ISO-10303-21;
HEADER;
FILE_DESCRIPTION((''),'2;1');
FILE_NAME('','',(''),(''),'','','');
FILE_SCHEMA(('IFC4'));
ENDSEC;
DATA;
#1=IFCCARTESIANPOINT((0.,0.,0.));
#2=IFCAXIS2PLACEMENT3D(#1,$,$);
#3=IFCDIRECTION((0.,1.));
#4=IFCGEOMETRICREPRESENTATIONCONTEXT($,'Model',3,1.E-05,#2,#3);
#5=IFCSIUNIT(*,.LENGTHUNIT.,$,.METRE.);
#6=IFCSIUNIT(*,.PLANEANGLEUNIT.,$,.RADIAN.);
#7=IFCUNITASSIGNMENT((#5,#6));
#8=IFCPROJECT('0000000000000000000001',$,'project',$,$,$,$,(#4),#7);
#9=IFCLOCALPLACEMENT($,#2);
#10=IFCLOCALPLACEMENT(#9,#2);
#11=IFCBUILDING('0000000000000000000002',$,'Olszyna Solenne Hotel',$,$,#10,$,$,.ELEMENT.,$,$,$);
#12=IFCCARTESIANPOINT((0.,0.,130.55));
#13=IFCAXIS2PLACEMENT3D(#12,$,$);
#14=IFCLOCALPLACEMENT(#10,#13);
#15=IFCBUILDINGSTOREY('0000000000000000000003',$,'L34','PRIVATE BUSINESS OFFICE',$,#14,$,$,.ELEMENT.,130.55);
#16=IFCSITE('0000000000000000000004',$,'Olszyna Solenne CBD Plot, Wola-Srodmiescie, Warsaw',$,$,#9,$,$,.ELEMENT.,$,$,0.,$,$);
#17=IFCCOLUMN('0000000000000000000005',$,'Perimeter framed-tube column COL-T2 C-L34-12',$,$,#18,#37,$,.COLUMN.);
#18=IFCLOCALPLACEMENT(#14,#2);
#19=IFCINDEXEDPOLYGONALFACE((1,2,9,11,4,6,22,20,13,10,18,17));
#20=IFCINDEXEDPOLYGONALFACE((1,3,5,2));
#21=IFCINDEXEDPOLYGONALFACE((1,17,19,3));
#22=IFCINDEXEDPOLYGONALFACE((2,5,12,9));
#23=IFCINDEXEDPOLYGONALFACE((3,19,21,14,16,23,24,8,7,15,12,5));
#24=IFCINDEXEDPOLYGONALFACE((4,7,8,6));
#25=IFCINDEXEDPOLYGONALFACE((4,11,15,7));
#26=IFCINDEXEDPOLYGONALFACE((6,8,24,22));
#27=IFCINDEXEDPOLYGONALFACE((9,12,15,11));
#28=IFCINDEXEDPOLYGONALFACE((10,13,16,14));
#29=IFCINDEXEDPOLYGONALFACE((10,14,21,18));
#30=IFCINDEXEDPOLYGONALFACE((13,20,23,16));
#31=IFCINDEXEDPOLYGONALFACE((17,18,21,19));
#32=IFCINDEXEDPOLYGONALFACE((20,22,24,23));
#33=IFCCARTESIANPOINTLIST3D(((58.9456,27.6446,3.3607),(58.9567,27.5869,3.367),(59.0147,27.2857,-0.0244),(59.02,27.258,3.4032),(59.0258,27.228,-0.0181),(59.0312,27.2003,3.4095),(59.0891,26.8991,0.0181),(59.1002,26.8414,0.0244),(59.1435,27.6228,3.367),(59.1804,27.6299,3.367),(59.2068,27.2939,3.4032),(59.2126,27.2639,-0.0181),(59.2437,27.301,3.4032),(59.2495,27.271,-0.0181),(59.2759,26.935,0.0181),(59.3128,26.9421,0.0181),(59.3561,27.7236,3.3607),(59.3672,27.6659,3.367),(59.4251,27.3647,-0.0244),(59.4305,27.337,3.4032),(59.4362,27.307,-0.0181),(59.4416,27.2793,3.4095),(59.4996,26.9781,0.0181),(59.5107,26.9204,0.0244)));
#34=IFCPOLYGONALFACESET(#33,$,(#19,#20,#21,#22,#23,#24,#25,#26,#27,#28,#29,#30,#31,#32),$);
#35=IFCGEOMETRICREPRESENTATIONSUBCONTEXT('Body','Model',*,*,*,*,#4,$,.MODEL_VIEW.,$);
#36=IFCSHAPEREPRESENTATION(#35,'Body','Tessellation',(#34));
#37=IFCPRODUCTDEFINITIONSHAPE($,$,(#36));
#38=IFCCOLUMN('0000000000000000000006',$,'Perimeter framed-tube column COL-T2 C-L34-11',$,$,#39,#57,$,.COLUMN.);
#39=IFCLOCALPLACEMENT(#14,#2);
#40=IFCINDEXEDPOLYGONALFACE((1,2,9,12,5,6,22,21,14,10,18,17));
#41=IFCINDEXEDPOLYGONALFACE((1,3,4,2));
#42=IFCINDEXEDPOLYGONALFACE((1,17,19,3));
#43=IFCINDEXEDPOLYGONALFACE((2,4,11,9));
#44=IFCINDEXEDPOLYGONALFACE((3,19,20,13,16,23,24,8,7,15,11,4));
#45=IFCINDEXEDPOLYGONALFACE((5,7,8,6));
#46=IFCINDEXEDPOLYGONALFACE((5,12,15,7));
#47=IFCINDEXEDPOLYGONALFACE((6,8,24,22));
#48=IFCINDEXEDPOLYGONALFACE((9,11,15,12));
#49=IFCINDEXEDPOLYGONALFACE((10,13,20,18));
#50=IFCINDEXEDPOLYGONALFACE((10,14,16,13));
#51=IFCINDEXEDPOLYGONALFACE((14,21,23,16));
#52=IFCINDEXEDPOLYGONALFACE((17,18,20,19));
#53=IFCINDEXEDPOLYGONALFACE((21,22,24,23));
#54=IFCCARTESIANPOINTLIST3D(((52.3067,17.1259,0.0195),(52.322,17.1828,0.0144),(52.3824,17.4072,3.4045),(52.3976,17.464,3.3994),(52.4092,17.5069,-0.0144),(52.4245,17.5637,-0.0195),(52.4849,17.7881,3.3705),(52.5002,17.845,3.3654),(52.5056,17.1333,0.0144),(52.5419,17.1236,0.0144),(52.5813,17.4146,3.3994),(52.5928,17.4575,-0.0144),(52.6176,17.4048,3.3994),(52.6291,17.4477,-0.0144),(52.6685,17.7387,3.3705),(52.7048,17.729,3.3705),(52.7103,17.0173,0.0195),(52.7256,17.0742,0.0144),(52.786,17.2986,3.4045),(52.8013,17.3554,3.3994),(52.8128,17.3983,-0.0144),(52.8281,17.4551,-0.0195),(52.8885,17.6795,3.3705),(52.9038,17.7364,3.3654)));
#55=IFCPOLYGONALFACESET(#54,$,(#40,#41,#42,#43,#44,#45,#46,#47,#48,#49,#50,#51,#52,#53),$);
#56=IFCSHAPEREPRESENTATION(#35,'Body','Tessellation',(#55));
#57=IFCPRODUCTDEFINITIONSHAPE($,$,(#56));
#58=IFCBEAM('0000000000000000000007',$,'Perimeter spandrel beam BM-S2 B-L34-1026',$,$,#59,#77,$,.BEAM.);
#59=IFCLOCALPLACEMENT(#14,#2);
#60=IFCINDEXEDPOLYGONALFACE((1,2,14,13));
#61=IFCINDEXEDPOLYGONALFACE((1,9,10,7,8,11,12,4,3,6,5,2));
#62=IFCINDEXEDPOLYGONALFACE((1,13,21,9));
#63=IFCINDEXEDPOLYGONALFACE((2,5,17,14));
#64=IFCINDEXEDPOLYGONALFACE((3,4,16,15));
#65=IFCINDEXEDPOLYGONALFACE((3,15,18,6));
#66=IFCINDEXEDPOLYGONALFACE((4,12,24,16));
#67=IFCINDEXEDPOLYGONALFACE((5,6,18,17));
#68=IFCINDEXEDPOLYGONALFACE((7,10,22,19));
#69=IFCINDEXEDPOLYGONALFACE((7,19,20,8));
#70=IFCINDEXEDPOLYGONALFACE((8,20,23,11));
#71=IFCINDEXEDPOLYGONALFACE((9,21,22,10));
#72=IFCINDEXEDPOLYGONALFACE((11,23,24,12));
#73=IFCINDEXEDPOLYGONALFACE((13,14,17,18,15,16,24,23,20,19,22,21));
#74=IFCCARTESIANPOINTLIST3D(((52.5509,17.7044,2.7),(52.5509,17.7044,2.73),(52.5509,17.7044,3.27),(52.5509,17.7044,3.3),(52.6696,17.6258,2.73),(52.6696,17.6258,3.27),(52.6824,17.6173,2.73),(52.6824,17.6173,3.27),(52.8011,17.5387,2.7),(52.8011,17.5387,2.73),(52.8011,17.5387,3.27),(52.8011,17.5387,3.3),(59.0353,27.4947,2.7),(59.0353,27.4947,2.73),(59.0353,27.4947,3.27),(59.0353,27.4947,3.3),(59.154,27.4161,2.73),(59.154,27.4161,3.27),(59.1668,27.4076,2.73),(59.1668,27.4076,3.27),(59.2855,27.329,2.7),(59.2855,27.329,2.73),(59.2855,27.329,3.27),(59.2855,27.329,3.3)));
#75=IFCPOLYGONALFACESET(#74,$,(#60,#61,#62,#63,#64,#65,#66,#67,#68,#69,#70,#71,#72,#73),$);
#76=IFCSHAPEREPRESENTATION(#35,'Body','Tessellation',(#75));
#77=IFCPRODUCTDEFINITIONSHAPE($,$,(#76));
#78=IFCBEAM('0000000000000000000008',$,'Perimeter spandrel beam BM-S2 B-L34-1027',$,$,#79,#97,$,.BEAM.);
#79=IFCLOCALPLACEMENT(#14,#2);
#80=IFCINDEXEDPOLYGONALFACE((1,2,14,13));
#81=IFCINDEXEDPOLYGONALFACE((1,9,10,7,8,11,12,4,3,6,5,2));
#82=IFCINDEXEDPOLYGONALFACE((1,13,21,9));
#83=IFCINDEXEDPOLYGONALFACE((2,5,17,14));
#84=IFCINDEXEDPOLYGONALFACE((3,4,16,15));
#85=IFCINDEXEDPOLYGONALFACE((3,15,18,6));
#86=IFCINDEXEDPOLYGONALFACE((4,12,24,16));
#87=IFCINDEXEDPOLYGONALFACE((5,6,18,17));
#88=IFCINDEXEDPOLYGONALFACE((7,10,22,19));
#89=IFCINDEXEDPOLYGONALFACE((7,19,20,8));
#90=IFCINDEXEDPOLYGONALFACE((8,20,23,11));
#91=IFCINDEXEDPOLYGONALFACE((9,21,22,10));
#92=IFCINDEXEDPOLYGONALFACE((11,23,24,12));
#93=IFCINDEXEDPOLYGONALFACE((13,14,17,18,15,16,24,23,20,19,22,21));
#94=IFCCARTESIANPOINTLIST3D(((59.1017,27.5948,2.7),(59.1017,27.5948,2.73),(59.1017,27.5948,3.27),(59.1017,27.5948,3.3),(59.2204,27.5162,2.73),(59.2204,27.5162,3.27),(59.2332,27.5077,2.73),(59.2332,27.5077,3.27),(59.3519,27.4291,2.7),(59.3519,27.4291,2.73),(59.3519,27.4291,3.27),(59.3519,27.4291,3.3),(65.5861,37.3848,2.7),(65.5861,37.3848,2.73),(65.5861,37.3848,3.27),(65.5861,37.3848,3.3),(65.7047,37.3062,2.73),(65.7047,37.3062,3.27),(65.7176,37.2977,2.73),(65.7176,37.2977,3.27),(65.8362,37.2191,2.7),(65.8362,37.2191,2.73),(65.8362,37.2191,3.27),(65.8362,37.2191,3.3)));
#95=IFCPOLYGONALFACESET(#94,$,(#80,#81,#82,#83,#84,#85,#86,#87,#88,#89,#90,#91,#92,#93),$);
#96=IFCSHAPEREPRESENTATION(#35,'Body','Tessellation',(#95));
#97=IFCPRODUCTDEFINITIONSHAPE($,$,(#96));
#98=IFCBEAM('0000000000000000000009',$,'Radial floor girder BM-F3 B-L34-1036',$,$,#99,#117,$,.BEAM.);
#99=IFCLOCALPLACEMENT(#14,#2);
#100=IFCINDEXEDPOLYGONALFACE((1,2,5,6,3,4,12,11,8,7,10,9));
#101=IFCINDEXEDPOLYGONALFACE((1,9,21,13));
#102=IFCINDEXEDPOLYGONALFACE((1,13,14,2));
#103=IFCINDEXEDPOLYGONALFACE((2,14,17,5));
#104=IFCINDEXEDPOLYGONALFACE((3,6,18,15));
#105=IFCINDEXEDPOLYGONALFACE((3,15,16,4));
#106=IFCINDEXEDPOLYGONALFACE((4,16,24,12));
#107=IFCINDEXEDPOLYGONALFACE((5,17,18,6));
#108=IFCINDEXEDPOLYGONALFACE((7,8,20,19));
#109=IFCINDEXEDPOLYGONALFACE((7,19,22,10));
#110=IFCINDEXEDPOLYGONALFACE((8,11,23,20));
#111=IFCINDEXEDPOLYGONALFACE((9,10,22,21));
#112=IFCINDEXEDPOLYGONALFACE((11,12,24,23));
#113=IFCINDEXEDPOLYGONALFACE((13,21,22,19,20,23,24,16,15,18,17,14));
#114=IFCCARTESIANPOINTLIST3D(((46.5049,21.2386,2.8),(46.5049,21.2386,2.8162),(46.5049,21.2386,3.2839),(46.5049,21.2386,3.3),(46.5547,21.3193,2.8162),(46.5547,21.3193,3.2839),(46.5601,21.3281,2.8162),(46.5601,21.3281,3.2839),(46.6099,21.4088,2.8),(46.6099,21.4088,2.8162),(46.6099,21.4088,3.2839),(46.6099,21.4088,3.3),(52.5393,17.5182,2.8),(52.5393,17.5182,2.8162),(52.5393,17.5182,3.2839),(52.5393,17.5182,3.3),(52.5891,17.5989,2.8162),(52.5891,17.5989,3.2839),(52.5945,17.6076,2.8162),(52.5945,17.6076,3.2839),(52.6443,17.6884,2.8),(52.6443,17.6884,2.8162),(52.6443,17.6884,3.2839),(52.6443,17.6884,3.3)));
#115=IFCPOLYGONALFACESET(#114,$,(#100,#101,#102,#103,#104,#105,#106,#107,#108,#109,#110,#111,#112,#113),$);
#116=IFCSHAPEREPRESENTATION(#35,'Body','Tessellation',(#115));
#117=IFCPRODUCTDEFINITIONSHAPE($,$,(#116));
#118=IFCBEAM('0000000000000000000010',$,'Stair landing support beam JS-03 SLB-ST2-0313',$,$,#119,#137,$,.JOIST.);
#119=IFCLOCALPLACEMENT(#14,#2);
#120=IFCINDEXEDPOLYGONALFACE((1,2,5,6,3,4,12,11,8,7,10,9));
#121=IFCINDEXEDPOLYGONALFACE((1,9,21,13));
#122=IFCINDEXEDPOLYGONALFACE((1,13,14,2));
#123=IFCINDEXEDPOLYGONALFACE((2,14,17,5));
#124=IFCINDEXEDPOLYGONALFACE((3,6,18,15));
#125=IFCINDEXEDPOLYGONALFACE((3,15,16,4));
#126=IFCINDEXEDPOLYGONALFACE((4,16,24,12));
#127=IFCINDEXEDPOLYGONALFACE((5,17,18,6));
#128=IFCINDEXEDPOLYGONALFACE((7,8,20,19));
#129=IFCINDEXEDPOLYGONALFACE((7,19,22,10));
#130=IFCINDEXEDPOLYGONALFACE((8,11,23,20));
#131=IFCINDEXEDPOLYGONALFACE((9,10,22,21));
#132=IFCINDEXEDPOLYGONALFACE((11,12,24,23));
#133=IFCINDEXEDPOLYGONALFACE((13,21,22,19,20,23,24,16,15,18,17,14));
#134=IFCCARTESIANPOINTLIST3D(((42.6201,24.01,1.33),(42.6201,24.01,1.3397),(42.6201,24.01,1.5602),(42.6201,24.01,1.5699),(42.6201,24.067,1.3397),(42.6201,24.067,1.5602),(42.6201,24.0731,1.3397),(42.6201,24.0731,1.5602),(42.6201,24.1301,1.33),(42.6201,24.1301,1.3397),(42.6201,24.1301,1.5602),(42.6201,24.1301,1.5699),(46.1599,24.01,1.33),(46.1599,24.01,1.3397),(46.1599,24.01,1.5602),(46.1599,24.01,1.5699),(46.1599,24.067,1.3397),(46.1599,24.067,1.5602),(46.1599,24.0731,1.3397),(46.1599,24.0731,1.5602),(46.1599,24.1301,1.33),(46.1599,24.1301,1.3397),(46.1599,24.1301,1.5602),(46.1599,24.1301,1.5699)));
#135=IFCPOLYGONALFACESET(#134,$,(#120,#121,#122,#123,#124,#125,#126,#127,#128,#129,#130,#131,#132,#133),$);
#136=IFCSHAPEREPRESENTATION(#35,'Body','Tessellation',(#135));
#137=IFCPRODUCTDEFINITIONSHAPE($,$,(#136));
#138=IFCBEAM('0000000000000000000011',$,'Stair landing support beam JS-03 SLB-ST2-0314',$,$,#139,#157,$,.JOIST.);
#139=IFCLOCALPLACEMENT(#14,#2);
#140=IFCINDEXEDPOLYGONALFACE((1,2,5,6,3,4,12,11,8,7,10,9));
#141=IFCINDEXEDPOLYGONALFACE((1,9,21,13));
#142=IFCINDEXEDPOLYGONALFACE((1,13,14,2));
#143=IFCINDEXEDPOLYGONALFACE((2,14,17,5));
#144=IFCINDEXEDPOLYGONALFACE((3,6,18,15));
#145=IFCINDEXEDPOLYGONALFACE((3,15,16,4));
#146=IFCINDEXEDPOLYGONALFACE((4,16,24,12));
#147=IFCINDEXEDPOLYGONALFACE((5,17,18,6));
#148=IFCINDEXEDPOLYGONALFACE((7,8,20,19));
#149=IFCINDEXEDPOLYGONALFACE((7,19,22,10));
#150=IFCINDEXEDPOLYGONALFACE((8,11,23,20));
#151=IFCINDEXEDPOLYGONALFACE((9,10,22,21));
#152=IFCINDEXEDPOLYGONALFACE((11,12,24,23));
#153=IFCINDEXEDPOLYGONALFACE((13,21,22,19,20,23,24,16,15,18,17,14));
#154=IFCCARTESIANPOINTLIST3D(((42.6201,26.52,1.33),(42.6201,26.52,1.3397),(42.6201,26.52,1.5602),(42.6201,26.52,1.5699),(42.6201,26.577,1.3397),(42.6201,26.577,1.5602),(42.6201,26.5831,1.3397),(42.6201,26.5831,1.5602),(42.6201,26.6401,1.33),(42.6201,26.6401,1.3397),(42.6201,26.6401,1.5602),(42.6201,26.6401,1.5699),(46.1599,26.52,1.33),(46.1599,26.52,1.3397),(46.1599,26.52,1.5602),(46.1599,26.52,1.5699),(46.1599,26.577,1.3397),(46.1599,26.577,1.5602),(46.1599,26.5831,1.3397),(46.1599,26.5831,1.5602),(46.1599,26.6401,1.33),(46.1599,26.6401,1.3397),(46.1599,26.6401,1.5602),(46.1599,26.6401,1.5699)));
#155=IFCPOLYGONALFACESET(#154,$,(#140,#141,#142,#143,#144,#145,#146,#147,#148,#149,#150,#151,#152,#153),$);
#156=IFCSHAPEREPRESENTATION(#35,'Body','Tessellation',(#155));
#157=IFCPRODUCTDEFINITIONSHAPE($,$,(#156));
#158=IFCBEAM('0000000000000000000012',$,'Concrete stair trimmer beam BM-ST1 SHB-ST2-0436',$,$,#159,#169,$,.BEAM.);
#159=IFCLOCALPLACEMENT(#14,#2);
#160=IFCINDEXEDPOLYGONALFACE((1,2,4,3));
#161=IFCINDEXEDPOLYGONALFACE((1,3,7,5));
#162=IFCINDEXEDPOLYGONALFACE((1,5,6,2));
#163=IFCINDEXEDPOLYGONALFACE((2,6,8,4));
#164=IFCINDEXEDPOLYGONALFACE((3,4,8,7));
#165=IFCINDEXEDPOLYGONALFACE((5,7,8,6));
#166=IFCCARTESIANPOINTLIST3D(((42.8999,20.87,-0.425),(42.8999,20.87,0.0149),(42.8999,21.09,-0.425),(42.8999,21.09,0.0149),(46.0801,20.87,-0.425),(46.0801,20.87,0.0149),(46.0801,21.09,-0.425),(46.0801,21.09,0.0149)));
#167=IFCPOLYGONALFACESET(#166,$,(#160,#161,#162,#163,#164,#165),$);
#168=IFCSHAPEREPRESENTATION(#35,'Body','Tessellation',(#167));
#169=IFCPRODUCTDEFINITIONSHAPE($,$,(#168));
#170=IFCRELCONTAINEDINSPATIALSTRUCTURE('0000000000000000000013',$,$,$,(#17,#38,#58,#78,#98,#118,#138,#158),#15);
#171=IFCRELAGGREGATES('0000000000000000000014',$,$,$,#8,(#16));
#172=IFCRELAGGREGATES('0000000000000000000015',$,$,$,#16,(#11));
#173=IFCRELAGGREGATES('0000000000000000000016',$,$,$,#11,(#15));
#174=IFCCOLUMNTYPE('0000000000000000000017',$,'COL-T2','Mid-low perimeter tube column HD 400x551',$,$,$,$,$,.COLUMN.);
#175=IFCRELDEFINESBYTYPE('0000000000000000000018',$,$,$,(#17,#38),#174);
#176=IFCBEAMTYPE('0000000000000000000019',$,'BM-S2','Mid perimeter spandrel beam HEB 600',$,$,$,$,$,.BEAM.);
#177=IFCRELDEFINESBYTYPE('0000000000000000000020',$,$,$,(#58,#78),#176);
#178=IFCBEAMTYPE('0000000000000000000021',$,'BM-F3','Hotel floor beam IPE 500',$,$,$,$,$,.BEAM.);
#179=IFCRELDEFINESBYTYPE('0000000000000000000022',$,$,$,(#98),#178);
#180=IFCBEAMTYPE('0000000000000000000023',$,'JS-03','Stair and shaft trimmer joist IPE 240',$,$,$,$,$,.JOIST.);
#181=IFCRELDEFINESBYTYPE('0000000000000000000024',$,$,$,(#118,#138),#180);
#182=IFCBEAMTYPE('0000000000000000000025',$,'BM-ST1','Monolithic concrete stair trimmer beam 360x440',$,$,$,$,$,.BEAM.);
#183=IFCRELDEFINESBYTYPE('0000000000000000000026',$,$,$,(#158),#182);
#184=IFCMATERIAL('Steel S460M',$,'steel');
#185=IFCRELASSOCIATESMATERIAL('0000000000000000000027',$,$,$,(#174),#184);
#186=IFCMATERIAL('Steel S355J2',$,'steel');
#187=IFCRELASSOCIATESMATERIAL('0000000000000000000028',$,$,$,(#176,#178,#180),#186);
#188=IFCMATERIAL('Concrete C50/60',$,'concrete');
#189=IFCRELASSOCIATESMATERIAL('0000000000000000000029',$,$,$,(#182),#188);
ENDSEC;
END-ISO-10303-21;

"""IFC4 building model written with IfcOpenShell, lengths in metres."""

from ifc_helpers import new_model, si_unit, direction, frame, origin, origin_2d, place, context, subcontext, project, spatial, rectangle, i_section, extrude, source, transform, mapped, material, material_profile, profile_set, type_object, element, save


model = new_model("IFC4")

# Units and contexts
model_context = context("Model", 3, precision=1e-05, world=origin(), true_north=direction((0.0, 1.0)))
body_context = subcontext(model_context, "Body", "Model", "MODEL_VIEW")
ifc_project = project(units=[si_unit("LENGTHUNIT", "METRE"), si_unit("PLANEANGLEUNIT", "RADIAN")], contexts=[model_context])

# Site, building, storey
site_placement = place(None, origin())
site = spatial("IfcSite", under=ifc_project, at=site_placement, Name="Olszyna Solenne CBD Plot, Wola-Srodmiescie, Warsaw", CompositionType="ELEMENT", RefElevation=0.0)
building_placement = place(site_placement, origin())
building = spatial("IfcBuilding", under=site, at=building_placement, Name="Olszyna Solenne Hotel", CompositionType="ELEMENT")
storey_placement = place(building_placement, frame((0.0, 0.0, 130.55)))
storey = spatial("IfcBuildingStorey", under=building, at=storey_placement, Name="L34", Description="PRIVATE BUSINESS OFFICE", CompositionType="ELEMENT", Elevation=130.55)

# Columns
ifc_material_1 = material(Name="Steel S460M", Category="steel")
ifc_material_profile_1 = material_profile(ifc_material_1, i_section(OverallWidth=0.418, OverallDepth=0.4551, WebThickness=0.0376, FlangeThickness=0.0591, at=origin_2d()), Name="HD 400x551", Category="load-bearing")
ifc_profile_set_1 = profile_set([ifc_material_profile_1], Name="Steel S460M")
column_type = type_object("IfcColumnType", Name="COL-T2", Description="Mid-low perimeter tube column HD 400x551", PredefinedType="COLUMN", material=ifc_profile_set_1)
shared_shape_1 = source(origin(), body_context, "Body", "SweptSolid", [
    extrude(i_section(OverallWidth=0.418, OverallDepth=0.4551, WebThickness=0.0376, FlangeThickness=0.0591, at=origin_2d()), origin(), (0.0, 0.0, 1.0), 3.4048),
])
column_1_placement = place(storey_placement, frame((59.2627, 27.103, 0.0), z_axis=(-0.020293, 0.10541, 0.994222), x_axis=(-0.981968, -0.189046, 0.0)))
element("IfcColumn", 1, at=column_1_placement, inside=storey, type_object=column_type, Name="Perimeter framed-tube column COL-T2 C-L34-12", PredefinedType="COLUMN", context=body_context, shape_type="MappedRepresentation", body=[
    mapped(shared_shape_1, transform((0.0, 0.0, 0.0), x_axis=(1.0, 0.0, 0.0), y_axis=(0.0, 1.0, 0.0), z_axis=(0.0, 0.0, 1.0), scale=1.0)),
])
shared_shape_2 = source(origin(), body_context, "Body", "SweptSolid", [
    extrude(i_section(OverallWidth=0.418, OverallDepth=0.4551, WebThickness=0.0376, FlangeThickness=0.0591, at=origin_2d()), origin(), (0.0, 0.0, 1.0), 3.3975),
])
column_2_placement = place(storey_placement, frame((52.5674, 17.2905, 0.0), z_axis=(0.022276, 0.082781, 0.996319), x_axis=(-0.965648, 0.259853, 0.0)))
element("IfcColumn", 2, at=column_2_placement, inside=storey, type_object=column_type, Name="Perimeter framed-tube column COL-T2 C-L34-11", PredefinedType="COLUMN", context=body_context, shape_type="MappedRepresentation", body=[
    mapped(shared_shape_2, transform((0.0, 0.0, 0.0), x_axis=(1.0, 0.0, 0.0), y_axis=(0.0, 1.0, 0.0), z_axis=(0.0, 0.0, 1.0), scale=1.0)),
])

# Beams
ifc_material_2 = material(Name="Steel S355J2", Category="steel")
ifc_material_profile_2 = material_profile(ifc_material_2, i_section(OverallWidth=0.3, OverallDepth=0.6001, WebThickness=0.0154, FlangeThickness=0.03, at=origin_2d()), Name="HEB 600", Category="load-bearing")
ifc_profile_set_2 = profile_set([ifc_material_profile_2], Name="Steel S355J2")
beam_type_1 = type_object("IfcBeamType", Name="BM-S2", Description="Mid perimeter spandrel beam HEB 600", PredefinedType="BEAM", material=ifc_profile_set_2)
shared_shape_3 = source(origin(), body_context, "Body", "SweptSolid", [
    extrude(i_section(OverallWidth=0.3, OverallDepth=0.6001, WebThickness=0.0154, FlangeThickness=0.03, at=origin_2d()), origin(), (0.0, 0.0, 1.0), 11.7429),
])
beam_1_placement = place(storey_placement, frame((52.676, 17.6216, 3.0), z_axis=(0.552193, 0.833716, 0.0), x_axis=(-0.833716, 0.552193, 0.0)))
element("IfcBeam", 3, at=beam_1_placement, inside=storey, type_object=beam_type_1, Name="Perimeter spandrel beam BM-S2 B-L34-1026", PredefinedType="BEAM", context=body_context, shape_type="MappedRepresentation", body=[
    mapped(shared_shape_3, transform((0.0, 0.0, 0.0), x_axis=(1.0, 0.0, 0.0), y_axis=(0.0, 1.0, 0.0), z_axis=(0.0, 0.0, 1.0), scale=1.0)),
])
shared_shape_4 = source(origin(), body_context, "Body", "SweptSolid", [
    extrude(i_section(OverallWidth=0.3, OverallDepth=0.6001, WebThickness=0.0154, FlangeThickness=0.03, at=origin_2d()), origin(), (0.0, 0.0, 1.0), 11.7427),
])
beam_2_placement = place(storey_placement, frame((59.2268, 27.512, 3.0), z_axis=(0.552203, 0.83371, 0.0), x_axis=(-0.83371, 0.552203, 0.0)))
element("IfcBeam", 4, at=beam_2_placement, inside=storey, type_object=beam_type_1, Name="Perimeter spandrel beam BM-S2 B-L34-1027", PredefinedType="BEAM", context=body_context, shape_type="MappedRepresentation", body=[
    mapped(shared_shape_4, transform((0.0, 0.0, 0.0), x_axis=(1.0, 0.0, 0.0), y_axis=(0.0, 1.0, 0.0), z_axis=(0.0, 0.0, 1.0), scale=1.0)),
])
ifc_material_profile_3 = material_profile(ifc_material_2, i_section(OverallWidth=0.2, OverallDepth=0.5, WebThickness=0.0103, FlangeThickness=0.0161, at=origin_2d()), Name="IPE 500", Category="load-bearing")
ifc_profile_set_3 = profile_set([ifc_material_profile_3], Name="Steel S355J2")
beam_type_2 = type_object("IfcBeamType", Name="BM-F3", Description="Hotel floor beam IPE 500", PredefinedType="BEAM", material=ifc_profile_set_3)
shared_shape_5 = source(origin(), body_context, "Body", "SweptSolid", [
    extrude(i_section(OverallWidth=0.2, OverallDepth=0.5, WebThickness=0.0103, FlangeThickness=0.0161, at=origin_2d()), origin(), (0.0, 0.0, 1.0), 7.0891),
])
beam_3_placement = place(storey_placement, frame((52.5918, 17.6033, 3.05), z_axis=(-0.851219, 0.52481, 0.0), x_axis=(-0.52481, -0.851219, 0.0)))
element("IfcBeam", 5, at=beam_3_placement, inside=storey, type_object=beam_type_2, Name="Radial floor girder BM-F3 B-L34-1036", PredefinedType="BEAM", context=body_context, shape_type="MappedRepresentation", body=[
    mapped(shared_shape_5, transform((0.0, 0.0, 0.0), x_axis=(1.0, 0.0, 0.0), y_axis=(0.0, 1.0, 0.0), z_axis=(0.0, 0.0, 1.0), scale=1.0)),
])
ifc_material_profile_4 = material_profile(ifc_material_2, i_section(OverallWidth=0.1201, OverallDepth=0.24, WebThickness=0.0061, FlangeThickness=0.0098, at=origin_2d()), Name="IPE 240", Category="load-bearing")
ifc_profile_set_4 = profile_set([ifc_material_profile_4], Name="Steel S355J2")
beam_type_3 = type_object("IfcBeamType", Name="JS-03", Description="Stair and shaft trimmer joist IPE 240", PredefinedType="JOIST", material=ifc_profile_set_4)
shared_shape_6 = source(origin(), body_context, "Body", "SweptSolid", [
    extrude(i_section(OverallWidth=0.1201, OverallDepth=0.24, WebThickness=0.0061, FlangeThickness=0.0098, at=origin_2d()), origin(), (0.0, 0.0, 1.0), 3.5398),
])
for number, where, z_axis, x_axis, name in (
    (6, (46.1599, 24.0701, 1.45), (-1.0, 0.0, 0.0), (0.0, -1.0, 0.0), "Stair landing support beam JS-03 SLB-ST2-0313"),
    (7, (46.1599, 26.5801, 1.45), (-1.0, 0.0, 0.0), (0.0, -1.0, 0.0), "Stair landing support beam JS-03 SLB-ST2-0314"),
):
    element("IfcBeam", number, at=place(storey_placement, frame(where, z_axis=z_axis, x_axis=x_axis)), inside=storey, type_object=beam_type_3, Name=name, PredefinedType="JOIST", context=body_context, shape_type="MappedRepresentation", body=[
        mapped(shared_shape_6, transform((0.0, 0.0, 0.0), x_axis=(1.0, 0.0, 0.0), y_axis=(0.0, 1.0, 0.0), z_axis=(0.0, 0.0, 1.0), scale=1.0)),
    ])
ifc_material_3 = material(Name="Concrete C50/60", Category="concrete")
ifc_material_profile_5 = material_profile(ifc_material_3, rectangle(XDim=0.22, YDim=0.4399, at=origin_2d()), Name="RC 220x440", Category="load-bearing")
ifc_profile_set_5 = profile_set([ifc_material_profile_5], Name="Concrete C50/60")
beam_type_4 = type_object("IfcBeamType", Name="BM-ST1", Description="Monolithic concrete stair trimmer beam 360x440", PredefinedType="BEAM", material=ifc_profile_set_5)
shared_shape_7 = source(origin(), body_context, "Body", "SweptSolid", [
    extrude(rectangle(XDim=0.22, YDim=0.4399, at=origin_2d()), origin(), (0.0, 0.0, 1.0), 3.1802),
])
beam_4_placement = place(storey_placement, frame((46.0801, 20.98, -0.2051), z_axis=(-1.0, 0.0, 0.0), x_axis=(0.0, -1.0, 0.0)))
element("IfcBeam", 8, at=beam_4_placement, inside=storey, type_object=beam_type_4, Name="Concrete stair trimmer beam BM-ST1 SHB-ST2-0436", PredefinedType="BEAM", context=body_context, shape_type="MappedRepresentation", body=[
    mapped(shared_shape_7, transform((0.0, 0.0, 0.0), x_axis=(1.0, 0.0, 0.0), y_axis=(0.0, 1.0, 0.0), z_axis=(0.0, 0.0, 1.0), scale=1.0)),
])

save(model, "model.ifc")
